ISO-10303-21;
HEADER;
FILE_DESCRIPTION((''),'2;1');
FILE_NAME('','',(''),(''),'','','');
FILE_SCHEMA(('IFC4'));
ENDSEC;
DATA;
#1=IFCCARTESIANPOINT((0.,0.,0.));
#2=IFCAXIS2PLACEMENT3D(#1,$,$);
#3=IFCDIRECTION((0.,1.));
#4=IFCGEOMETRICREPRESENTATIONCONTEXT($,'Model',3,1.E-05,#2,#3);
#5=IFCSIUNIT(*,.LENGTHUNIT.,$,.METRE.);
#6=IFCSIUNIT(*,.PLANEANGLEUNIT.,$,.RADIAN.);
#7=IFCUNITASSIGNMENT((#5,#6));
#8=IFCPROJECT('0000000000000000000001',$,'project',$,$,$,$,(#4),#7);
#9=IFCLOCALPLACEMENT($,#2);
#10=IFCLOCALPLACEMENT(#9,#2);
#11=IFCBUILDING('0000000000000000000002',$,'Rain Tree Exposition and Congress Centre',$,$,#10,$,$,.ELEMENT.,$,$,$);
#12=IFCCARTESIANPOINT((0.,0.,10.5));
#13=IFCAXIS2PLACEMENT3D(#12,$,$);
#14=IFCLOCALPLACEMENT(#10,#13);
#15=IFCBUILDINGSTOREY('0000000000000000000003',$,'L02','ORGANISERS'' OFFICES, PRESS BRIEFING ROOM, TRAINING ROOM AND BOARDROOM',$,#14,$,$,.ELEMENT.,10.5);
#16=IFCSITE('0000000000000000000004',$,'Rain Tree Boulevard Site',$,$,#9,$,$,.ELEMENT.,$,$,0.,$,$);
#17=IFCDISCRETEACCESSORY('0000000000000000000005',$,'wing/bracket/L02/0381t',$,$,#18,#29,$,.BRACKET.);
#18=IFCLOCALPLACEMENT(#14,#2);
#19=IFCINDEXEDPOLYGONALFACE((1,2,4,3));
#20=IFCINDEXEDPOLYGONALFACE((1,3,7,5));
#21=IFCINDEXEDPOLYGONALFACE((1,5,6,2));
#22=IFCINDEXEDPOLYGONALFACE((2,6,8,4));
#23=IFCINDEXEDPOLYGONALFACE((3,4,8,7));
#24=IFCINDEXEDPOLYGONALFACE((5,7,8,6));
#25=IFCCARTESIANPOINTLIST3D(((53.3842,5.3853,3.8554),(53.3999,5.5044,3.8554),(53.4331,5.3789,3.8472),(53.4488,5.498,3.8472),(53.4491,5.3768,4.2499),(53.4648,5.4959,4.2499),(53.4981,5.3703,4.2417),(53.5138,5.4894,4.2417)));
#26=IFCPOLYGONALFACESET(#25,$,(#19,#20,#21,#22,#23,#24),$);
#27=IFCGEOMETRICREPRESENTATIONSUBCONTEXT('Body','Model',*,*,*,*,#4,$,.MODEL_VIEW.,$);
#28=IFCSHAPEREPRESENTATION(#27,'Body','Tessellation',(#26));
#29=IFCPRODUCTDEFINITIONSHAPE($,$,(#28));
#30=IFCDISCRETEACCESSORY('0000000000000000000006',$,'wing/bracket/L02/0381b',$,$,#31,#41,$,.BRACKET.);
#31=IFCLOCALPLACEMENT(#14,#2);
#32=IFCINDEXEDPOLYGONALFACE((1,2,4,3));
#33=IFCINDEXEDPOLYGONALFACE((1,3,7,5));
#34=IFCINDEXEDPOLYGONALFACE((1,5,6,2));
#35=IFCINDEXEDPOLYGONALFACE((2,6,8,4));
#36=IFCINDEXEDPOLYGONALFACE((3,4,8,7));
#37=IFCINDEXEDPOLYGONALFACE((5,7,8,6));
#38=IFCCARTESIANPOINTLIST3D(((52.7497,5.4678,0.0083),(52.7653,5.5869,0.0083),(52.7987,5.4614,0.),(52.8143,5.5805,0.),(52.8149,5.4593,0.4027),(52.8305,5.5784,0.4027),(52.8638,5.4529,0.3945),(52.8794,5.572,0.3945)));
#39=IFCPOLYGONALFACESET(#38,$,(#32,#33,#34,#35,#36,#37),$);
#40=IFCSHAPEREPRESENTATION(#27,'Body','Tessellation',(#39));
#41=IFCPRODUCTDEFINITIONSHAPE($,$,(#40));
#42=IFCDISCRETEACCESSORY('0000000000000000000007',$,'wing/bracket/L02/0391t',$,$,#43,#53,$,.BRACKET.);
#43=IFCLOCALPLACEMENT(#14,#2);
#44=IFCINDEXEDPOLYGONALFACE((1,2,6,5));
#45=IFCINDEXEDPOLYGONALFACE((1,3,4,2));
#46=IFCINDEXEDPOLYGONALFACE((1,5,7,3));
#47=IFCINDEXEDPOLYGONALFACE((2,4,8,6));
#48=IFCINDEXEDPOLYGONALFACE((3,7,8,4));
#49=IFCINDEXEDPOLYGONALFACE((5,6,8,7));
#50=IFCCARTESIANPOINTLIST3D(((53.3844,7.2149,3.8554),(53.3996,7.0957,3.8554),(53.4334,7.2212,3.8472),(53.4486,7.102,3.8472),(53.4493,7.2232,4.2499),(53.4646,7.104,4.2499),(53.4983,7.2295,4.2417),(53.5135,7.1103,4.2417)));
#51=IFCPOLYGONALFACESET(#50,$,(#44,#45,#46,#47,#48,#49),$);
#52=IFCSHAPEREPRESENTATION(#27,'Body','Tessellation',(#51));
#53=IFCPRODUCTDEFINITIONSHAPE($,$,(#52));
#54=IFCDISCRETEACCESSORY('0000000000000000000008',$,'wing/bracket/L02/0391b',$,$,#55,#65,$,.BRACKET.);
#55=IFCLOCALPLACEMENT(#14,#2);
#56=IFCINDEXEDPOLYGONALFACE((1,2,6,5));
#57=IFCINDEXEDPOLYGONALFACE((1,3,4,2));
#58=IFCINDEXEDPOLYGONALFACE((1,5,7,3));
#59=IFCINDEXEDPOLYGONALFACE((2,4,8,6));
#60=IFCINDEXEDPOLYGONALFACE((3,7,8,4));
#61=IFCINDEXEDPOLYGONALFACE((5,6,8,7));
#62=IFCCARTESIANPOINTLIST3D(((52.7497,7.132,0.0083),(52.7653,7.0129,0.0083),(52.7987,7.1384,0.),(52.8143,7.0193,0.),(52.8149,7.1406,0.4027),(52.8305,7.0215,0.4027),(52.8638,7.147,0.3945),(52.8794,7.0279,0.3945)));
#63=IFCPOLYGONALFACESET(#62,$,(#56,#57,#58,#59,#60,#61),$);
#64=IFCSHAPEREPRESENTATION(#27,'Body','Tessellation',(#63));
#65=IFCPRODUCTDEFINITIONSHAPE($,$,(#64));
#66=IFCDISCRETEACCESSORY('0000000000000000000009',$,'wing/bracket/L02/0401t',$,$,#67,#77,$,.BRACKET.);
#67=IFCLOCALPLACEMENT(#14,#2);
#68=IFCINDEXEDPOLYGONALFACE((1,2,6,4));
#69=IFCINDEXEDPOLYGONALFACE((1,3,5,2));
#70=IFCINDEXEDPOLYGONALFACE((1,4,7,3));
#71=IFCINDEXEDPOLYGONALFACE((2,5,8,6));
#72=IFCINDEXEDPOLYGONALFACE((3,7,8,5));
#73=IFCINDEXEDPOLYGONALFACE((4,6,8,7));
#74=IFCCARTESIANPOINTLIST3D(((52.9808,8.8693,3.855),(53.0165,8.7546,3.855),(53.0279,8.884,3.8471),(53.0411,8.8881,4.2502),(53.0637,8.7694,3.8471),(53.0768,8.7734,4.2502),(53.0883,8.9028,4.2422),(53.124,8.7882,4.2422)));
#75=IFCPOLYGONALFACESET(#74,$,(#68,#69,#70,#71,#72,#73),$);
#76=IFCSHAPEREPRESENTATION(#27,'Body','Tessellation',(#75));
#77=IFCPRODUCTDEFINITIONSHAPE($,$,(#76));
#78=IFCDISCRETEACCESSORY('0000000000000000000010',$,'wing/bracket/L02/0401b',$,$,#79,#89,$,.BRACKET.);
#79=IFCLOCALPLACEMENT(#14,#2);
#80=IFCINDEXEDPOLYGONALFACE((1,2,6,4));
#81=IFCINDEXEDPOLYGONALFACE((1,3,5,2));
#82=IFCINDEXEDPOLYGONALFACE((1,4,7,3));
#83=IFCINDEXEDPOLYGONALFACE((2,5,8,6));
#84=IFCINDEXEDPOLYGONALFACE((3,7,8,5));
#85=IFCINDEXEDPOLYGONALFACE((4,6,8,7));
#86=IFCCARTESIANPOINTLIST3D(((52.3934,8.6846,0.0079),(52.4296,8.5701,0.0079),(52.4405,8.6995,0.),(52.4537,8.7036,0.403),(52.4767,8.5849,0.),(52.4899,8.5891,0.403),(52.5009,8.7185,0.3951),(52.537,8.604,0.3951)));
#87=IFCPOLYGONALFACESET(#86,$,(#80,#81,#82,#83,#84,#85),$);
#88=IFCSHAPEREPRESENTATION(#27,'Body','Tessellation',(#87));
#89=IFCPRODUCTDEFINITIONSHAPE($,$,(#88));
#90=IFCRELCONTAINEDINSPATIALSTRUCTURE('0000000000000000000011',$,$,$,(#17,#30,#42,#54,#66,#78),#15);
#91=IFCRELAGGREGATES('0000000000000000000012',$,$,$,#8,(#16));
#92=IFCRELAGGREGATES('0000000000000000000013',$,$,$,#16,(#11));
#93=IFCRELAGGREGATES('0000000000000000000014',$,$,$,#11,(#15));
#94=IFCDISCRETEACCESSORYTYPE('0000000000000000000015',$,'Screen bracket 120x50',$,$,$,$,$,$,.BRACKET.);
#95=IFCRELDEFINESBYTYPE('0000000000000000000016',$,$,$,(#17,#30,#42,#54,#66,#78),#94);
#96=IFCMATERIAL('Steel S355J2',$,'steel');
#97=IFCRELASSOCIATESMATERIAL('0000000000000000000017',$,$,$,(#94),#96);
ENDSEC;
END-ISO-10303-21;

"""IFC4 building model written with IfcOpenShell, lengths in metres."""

from ifc_helpers import new_model, si_unit, direction, frame, origin, origin_2d, place, context, subcontext, project, spatial, rectangle, extrude, material, material_profile, profile_set, type_object, element, save


model = new_model("IFC4")

# Units and contexts
model_context = context("Model", 3, precision=1e-05, world=origin(), true_north=direction((0.0, 1.0)))
body_context = subcontext(model_context, "Body", "Model", "MODEL_VIEW")
ifc_project = project(units=[si_unit("LENGTHUNIT", "METRE"), si_unit("PLANEANGLEUNIT", "RADIAN")], contexts=[model_context])

# Site, building, storey
site_placement = place(None, origin())
site = spatial("IfcSite", under=ifc_project, at=site_placement, Name="Rain Tree Boulevard Site", CompositionType="ELEMENT", RefElevation=0.0)
building_placement = place(site_placement, origin())
building = spatial("IfcBuilding", under=site, at=building_placement, Name="Rain Tree Exposition and Congress Centre", CompositionType="ELEMENT")
storey_placement = place(building_placement, frame((0.0, 0.0, 10.5)))
storey = spatial("IfcBuildingStorey", under=building, at=storey_placement, Name="L02", Description="ORGANISERS' OFFICES, PRESS BRIEFING ROOM, TRAINING ROOM AND BOARDROOM", CompositionType="ELEMENT", Elevation=10.5)

# Discrete accessories
ifc_material_1 = material(Name="Steel S355J2", Category="steel")
ifc_material_profile_1 = material_profile(ifc_material_1, rectangle(XDim=0.1201, YDim=0.05, at=origin_2d()), Name="Flat bar 120x50")
ifc_profile_set_1 = profile_set([ifc_material_profile_1], Name="Steel S355J2")
discrete_accessory_type = type_object("IfcDiscreteAccessoryType", Name="Screen bracket 120x50", PredefinedType="BRACKET", material=ifc_profile_set_1)
for number, where, z_axis, x_axis, name in (
    (1, (53.4165, 5.4417, 3.8513), (0.162381, -0.021366, 0.986497), (0.130455, 0.991454, 0.0), "wing/bracket/L02/0381t"),
    (2, (52.782, 5.5242, 0.0042), (0.162976, -0.021364, 0.986399), (0.129974, 0.991517, 0.0), "wing/bracket/L02/0381b"),
    (3, (53.4165, 7.1584, 3.8513), (0.162383, 0.020756, 0.986509), (-0.126788, 0.99193, 0.0), "wing/bracket/L02/0391t"),
    (4, (52.782, 7.0757, 0.0042), (0.162976, 0.021364, 0.986399), (-0.129974, 0.991517, 0.0), "wing/bracket/L02/0391b"),
):
    element("IfcDiscreteAccessory", number, at=place(storey_placement, frame(where, z_axis=z_axis, x_axis=x_axis)), inside=storey, type_object=discrete_accessory_type, Name=name, PredefinedType="BRACKET", context=body_context, shape_type="SweptSolid", body=[
        extrude(rectangle(XDim=0.1201, YDim=0.05, at=origin_2d()), origin(), (0.0, 0.0, 1.0), 0.3999),
    ])
for number, where, z_axis, x_axis, name in (
    (5, (53.0222, 8.8193, 3.8511), (0.150743, 0.046993, 0.987456), (-0.297615, 0.954686, 0.0), "wing/bracket/L02/0401t"),
    (6, (52.4351, 8.6348, 0.0039), (0.150738, 0.047602, 0.987427), (-0.301131, 0.953583, 0.0), "wing/bracket/L02/0401b"),
):
    element("IfcDiscreteAccessory", number, at=place(storey_placement, frame(where, z_axis=z_axis, x_axis=x_axis)), inside=storey, type_object=discrete_accessory_type, Name=name, PredefinedType="BRACKET", context=body_context, shape_type="SweptSolid", body=[
        extrude(rectangle(XDim=0.1201, YDim=0.05, at=origin_2d()), origin(), (0.0, 0.0, 1.0), 0.4001),
    ])

save(model, "model.ifc")
